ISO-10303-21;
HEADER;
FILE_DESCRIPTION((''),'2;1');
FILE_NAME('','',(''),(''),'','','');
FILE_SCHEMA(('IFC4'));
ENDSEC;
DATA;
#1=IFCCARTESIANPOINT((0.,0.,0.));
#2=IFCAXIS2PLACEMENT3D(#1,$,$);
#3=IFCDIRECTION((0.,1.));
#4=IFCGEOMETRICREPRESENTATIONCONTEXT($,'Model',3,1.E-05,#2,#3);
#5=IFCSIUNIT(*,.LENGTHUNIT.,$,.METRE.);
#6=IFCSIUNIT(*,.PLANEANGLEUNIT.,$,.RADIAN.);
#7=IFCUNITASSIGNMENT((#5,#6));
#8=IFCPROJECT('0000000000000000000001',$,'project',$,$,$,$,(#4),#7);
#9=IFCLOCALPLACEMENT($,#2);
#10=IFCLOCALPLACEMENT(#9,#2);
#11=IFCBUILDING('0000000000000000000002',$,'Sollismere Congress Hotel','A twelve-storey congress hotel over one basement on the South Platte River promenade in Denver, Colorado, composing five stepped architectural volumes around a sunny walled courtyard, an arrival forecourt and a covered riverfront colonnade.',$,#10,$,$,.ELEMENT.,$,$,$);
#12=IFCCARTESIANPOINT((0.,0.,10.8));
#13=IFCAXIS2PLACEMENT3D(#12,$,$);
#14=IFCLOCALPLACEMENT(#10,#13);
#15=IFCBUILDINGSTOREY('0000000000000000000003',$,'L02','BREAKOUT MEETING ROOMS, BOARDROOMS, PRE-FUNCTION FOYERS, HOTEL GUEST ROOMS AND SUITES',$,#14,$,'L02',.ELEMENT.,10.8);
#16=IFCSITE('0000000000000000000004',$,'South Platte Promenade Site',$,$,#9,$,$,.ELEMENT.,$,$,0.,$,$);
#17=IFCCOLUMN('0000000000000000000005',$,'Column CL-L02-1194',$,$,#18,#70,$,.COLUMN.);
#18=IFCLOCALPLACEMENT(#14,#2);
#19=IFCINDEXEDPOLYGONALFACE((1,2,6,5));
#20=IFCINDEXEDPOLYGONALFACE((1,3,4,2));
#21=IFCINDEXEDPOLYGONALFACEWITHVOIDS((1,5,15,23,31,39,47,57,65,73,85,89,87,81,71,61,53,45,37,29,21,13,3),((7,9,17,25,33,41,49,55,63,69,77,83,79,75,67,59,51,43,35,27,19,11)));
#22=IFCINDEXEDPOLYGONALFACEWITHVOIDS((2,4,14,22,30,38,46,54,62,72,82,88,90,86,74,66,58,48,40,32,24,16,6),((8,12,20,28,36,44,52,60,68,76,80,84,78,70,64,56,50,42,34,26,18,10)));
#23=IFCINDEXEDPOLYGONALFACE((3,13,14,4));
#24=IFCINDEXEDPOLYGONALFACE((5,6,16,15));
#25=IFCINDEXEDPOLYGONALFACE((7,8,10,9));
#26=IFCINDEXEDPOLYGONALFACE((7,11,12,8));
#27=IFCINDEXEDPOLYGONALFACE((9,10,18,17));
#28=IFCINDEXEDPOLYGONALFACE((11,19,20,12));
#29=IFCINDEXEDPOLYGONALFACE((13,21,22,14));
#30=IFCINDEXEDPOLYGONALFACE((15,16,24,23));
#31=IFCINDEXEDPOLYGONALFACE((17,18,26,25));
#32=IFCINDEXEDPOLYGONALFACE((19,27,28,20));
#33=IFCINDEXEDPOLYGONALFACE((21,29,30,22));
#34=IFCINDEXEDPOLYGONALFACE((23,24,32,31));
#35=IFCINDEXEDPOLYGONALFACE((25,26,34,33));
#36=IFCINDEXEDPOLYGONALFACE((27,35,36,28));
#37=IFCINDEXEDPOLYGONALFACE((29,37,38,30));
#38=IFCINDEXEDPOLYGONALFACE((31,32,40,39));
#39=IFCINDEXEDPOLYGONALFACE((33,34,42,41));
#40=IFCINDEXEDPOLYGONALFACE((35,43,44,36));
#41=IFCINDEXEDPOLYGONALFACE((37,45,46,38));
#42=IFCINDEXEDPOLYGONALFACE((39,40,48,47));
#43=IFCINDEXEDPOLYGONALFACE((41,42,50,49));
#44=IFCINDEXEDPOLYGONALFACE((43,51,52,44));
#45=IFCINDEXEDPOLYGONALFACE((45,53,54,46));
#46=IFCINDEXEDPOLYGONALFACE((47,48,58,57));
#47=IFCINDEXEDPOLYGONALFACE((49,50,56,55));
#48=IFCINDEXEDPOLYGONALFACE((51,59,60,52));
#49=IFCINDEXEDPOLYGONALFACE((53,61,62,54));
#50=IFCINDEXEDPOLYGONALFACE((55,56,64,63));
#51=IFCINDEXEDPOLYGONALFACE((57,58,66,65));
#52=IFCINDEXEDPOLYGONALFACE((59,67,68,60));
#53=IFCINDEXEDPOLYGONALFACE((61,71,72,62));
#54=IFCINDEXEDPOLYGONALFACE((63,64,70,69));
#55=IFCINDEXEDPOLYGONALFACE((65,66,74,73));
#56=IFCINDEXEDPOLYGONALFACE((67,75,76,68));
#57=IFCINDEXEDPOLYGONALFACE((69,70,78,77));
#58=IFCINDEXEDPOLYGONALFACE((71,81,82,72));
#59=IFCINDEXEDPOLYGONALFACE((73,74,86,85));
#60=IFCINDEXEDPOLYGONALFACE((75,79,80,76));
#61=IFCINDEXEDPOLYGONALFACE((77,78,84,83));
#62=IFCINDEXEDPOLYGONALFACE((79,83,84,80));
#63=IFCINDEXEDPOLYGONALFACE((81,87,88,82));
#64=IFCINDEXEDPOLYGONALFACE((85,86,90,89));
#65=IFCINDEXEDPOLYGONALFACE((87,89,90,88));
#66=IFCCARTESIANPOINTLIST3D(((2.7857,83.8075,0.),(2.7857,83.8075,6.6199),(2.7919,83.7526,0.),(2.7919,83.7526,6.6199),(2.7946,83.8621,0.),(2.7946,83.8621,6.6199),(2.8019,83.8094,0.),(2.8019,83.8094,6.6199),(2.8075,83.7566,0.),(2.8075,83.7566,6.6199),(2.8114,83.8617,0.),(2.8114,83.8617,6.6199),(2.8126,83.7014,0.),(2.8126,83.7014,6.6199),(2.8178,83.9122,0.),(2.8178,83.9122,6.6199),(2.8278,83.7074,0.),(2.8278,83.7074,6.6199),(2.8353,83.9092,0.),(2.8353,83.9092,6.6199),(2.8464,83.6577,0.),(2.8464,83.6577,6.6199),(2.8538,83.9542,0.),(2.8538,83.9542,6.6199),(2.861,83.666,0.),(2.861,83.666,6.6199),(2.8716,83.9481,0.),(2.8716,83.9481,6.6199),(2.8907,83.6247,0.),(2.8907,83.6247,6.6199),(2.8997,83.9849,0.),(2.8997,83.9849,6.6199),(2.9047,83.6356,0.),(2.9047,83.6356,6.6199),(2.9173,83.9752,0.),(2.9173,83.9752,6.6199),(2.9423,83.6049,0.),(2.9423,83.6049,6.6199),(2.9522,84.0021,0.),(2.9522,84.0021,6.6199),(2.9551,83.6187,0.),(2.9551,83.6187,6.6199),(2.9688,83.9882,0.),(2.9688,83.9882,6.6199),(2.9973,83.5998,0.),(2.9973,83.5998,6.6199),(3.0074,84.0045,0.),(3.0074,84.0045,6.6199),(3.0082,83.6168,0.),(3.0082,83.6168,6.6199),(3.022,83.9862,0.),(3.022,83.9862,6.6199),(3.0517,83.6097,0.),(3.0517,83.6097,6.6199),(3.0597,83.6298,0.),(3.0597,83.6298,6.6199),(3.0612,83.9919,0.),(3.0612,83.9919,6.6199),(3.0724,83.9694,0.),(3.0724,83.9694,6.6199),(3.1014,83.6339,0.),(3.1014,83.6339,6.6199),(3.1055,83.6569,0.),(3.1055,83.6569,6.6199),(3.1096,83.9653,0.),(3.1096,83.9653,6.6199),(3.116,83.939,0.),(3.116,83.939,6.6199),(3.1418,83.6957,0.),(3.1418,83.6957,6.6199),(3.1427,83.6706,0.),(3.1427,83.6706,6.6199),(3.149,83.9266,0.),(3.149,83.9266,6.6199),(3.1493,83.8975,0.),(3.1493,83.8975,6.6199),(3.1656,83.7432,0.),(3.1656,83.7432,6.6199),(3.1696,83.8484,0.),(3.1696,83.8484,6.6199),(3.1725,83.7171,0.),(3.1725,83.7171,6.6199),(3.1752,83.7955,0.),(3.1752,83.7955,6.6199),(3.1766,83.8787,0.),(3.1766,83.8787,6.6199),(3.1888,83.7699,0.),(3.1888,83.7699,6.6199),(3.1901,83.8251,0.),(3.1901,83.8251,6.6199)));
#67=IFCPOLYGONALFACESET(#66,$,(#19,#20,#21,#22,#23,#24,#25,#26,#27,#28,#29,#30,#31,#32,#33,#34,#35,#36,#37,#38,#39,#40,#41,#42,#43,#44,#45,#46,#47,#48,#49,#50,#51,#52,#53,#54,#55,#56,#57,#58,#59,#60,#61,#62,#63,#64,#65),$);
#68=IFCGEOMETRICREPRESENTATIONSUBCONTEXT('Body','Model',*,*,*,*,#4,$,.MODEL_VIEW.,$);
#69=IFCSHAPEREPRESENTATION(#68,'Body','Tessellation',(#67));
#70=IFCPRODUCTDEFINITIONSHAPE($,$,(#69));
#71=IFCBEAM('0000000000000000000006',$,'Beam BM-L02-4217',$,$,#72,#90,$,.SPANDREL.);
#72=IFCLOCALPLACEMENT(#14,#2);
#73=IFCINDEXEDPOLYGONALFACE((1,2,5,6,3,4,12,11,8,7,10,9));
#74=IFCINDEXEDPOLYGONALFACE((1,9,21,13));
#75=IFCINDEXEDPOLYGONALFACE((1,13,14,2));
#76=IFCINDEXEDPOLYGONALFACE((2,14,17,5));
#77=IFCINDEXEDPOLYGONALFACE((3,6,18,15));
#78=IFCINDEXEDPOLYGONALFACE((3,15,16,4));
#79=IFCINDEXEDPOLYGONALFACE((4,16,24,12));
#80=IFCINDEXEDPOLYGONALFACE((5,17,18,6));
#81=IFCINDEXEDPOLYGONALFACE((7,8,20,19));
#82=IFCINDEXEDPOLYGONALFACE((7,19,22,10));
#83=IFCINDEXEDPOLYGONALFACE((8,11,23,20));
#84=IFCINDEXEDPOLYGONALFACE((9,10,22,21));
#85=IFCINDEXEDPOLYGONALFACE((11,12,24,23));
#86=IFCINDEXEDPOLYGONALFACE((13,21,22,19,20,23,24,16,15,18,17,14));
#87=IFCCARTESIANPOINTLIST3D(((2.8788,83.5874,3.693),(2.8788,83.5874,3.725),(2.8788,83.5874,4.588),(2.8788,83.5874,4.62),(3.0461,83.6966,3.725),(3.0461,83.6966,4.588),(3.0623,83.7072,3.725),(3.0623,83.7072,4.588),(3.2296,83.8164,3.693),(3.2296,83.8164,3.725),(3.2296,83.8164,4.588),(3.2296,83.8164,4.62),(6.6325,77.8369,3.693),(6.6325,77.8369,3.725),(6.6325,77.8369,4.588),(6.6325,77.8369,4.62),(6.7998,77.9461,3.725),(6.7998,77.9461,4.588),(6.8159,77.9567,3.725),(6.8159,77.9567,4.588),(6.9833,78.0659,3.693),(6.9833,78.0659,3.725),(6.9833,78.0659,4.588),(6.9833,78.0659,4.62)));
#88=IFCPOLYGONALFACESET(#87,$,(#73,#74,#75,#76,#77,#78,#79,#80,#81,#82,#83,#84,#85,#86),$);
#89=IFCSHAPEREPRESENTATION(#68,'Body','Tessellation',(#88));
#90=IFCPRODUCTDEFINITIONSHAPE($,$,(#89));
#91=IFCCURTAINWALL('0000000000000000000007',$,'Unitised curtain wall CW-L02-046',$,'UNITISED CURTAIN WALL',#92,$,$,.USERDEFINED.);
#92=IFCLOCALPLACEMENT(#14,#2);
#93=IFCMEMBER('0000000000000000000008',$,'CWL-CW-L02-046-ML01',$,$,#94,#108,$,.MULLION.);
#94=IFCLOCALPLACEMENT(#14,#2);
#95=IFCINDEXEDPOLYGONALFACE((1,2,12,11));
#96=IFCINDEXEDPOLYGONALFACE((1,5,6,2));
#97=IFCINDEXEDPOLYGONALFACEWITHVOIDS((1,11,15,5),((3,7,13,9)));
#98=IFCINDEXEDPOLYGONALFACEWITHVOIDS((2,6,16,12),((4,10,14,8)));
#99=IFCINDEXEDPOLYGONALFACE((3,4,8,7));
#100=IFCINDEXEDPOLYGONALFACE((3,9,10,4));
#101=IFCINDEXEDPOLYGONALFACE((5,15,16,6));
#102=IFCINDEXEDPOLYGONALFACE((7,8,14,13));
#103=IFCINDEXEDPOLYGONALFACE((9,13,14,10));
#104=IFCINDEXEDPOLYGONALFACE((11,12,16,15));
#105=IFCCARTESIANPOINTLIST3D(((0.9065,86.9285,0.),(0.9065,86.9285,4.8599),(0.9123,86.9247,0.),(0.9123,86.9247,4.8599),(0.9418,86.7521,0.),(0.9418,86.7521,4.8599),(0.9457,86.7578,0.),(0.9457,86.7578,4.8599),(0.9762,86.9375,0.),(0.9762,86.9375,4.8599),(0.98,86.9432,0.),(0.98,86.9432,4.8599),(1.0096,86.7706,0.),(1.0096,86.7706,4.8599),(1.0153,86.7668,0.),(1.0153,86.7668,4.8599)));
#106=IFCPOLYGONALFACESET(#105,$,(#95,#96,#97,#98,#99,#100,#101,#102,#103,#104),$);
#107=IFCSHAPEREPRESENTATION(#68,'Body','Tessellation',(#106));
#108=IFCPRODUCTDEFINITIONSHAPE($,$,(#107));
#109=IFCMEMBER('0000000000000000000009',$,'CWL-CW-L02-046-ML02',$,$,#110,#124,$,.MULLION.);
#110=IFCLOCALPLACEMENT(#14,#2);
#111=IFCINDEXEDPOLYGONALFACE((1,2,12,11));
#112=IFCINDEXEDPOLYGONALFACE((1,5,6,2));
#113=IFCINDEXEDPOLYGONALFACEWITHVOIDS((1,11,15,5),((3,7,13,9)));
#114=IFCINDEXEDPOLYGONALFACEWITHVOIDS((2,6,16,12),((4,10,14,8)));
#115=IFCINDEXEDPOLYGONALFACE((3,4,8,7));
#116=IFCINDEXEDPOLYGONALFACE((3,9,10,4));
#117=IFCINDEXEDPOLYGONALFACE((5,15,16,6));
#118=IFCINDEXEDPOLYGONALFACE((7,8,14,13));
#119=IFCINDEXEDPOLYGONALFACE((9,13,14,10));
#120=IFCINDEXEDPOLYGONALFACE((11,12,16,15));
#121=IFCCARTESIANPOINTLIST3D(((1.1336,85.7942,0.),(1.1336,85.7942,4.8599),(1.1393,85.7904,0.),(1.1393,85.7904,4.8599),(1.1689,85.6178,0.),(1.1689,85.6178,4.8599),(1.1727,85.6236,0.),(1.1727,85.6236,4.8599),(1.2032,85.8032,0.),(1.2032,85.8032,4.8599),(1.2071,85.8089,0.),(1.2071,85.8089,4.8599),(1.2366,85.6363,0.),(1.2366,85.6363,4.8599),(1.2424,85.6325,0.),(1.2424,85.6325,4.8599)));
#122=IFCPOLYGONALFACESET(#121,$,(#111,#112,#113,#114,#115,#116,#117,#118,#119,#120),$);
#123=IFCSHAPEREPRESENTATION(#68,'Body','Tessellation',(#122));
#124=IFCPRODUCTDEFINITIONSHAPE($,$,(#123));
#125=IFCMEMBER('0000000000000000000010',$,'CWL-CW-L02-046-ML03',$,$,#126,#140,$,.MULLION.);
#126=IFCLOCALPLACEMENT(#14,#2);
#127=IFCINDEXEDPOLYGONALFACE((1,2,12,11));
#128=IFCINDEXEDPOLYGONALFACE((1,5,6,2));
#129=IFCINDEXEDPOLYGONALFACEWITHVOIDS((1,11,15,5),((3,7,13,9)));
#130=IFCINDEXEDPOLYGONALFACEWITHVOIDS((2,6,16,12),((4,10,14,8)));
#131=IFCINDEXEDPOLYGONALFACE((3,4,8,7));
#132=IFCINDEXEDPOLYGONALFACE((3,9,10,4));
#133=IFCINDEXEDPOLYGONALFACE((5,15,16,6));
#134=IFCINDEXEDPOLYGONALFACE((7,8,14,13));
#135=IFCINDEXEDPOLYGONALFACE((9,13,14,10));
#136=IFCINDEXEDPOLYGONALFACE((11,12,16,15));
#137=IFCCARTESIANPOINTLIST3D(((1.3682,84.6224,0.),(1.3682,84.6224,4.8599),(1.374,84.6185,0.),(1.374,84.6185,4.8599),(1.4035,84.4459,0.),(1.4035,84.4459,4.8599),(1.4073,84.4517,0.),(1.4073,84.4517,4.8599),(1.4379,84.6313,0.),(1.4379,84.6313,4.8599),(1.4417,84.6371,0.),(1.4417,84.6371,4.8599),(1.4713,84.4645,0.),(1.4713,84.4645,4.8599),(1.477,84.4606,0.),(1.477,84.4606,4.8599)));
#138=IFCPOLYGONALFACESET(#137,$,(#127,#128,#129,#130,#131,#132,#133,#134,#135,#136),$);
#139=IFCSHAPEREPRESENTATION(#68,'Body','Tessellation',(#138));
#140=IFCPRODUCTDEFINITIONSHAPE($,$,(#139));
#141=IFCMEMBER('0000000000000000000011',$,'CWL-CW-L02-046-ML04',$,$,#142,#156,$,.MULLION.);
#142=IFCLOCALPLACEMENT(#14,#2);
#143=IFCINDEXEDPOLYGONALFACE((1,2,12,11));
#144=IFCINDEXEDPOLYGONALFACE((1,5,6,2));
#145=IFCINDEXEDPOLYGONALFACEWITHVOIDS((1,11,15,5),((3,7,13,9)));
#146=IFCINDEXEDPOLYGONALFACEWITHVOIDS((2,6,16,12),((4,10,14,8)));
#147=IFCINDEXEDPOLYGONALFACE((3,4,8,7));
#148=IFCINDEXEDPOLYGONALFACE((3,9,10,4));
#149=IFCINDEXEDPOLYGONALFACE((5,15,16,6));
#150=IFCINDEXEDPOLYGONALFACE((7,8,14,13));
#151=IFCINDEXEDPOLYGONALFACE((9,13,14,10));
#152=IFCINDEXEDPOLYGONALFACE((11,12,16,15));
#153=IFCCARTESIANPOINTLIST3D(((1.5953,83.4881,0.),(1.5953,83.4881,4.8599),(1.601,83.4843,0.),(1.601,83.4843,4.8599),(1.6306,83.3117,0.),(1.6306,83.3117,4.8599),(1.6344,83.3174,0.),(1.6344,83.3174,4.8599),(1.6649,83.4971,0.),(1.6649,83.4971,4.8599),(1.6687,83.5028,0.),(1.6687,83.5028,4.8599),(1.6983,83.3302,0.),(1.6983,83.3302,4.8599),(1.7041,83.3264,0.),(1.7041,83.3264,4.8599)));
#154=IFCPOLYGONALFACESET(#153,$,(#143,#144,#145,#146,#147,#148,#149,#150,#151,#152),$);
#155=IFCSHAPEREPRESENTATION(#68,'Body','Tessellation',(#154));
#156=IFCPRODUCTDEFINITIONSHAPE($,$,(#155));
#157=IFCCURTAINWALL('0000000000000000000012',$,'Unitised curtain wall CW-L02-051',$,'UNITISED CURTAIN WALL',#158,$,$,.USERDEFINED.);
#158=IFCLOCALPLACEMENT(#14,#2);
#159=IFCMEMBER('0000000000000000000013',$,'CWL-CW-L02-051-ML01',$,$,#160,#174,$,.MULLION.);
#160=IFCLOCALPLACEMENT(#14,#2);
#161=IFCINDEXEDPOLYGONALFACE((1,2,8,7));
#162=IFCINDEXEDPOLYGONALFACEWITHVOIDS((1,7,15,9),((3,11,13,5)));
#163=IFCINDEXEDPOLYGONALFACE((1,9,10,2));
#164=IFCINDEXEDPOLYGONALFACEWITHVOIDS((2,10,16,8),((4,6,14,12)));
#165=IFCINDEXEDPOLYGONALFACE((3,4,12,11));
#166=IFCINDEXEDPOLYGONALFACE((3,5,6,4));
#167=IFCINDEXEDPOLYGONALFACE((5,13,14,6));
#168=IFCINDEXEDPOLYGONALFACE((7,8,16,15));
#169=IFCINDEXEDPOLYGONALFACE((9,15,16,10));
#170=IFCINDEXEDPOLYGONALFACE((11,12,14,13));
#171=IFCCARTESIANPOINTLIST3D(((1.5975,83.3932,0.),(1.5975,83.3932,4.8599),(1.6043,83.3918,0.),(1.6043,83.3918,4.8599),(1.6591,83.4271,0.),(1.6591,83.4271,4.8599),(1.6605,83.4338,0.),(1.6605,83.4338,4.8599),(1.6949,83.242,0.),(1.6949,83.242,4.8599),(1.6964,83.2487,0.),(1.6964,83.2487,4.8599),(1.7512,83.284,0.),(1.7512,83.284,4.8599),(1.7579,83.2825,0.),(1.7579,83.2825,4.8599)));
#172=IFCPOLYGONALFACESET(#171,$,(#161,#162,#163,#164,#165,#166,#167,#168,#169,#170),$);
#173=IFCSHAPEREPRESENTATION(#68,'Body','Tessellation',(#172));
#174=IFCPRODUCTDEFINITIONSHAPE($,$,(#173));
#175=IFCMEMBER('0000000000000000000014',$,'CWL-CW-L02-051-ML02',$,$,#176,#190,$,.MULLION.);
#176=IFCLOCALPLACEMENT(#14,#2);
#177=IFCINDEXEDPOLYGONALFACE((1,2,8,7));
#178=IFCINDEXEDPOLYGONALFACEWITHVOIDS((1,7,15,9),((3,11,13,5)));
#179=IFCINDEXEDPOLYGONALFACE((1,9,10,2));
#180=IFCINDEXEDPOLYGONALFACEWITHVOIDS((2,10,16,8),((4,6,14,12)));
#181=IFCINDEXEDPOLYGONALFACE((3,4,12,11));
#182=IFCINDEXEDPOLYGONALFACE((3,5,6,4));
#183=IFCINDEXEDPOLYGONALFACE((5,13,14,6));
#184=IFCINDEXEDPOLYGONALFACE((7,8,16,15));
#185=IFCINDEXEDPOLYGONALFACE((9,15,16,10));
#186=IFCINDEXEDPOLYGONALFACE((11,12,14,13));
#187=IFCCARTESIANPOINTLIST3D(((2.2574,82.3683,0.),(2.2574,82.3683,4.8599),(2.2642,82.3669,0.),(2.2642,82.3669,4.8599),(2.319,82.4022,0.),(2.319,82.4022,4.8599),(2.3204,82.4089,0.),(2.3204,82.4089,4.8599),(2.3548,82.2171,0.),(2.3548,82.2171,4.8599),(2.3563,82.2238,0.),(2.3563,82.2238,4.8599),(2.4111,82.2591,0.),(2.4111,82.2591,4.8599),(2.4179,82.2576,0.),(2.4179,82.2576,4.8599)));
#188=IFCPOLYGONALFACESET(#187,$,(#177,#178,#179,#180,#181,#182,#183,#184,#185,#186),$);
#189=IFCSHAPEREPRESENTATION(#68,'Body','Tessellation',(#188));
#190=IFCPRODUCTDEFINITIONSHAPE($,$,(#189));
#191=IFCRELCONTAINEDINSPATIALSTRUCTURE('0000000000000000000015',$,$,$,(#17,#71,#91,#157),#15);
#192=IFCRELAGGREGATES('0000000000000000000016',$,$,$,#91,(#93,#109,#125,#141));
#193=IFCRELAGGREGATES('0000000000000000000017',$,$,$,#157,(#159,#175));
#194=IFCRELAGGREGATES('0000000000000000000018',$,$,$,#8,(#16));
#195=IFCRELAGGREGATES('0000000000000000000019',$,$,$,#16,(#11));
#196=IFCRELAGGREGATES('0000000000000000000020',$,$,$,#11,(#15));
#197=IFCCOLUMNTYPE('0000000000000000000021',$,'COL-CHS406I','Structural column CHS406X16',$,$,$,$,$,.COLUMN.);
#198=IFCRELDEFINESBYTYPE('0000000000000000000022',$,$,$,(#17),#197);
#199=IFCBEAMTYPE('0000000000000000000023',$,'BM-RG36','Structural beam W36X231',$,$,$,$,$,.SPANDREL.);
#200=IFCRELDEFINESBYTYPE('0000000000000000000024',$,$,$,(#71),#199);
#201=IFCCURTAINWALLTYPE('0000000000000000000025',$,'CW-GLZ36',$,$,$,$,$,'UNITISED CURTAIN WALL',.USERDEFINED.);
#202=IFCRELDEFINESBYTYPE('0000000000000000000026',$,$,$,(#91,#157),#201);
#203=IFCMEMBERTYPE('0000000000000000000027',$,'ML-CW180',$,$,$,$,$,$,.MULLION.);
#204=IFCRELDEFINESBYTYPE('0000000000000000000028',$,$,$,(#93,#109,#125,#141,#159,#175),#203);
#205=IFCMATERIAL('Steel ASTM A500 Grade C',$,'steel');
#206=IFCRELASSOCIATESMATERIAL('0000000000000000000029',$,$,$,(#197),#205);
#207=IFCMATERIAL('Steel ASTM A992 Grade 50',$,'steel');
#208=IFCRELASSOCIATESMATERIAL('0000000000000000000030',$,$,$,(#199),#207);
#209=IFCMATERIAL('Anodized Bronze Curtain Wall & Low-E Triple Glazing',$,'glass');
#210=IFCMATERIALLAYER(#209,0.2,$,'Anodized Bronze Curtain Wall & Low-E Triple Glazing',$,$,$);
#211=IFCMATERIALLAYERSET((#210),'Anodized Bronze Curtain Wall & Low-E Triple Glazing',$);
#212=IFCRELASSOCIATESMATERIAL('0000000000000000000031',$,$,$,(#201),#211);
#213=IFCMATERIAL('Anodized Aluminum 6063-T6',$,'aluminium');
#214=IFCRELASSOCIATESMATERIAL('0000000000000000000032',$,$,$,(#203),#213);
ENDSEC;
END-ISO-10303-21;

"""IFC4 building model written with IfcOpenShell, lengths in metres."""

from ifc_helpers import new_model, si_unit, direction, frame, origin, origin_2d, place, context, subcontext, project, spatial, hollow_rectangle, hollow_circle, i_section, extrude, material, layer, layer_set, material_profile, profile_set, type_object, element, aggregate, save


model = new_model("IFC4")

# Units and contexts
model_context = context("Model", 3, precision=1e-05, world=origin(), true_north=direction((0.0, 1.0)))
body_context = subcontext(model_context, "Body", "Model", "MODEL_VIEW")
ifc_project = project(units=[si_unit("LENGTHUNIT", "METRE"), si_unit("PLANEANGLEUNIT", "RADIAN")], contexts=[model_context])

# Site, building, storey
site_placement = place(None, origin())
site = spatial("IfcSite", under=ifc_project, at=site_placement, Name="South Platte Promenade Site", CompositionType="ELEMENT", RefElevation=0.0)
building_placement = place(site_placement, origin())
building = spatial("IfcBuilding", under=site, at=building_placement, Name="Sollismere Congress Hotel", Description="A twelve-storey congress hotel over one basement on the South Platte River promenade in Denver, Colorado, composing five stepped architectural volumes around a sunny walled courtyard, an arrival forecourt and a covered riverfront colonnade.", CompositionType="ELEMENT")
storey_placement = place(building_placement, frame((0.0, 0.0, 10.8)))
storey = spatial("IfcBuildingStorey", under=building, at=storey_placement, Name="L02", Description="BREAKOUT MEETING ROOMS, BOARDROOMS, PRE-FUNCTION FOYERS, HOTEL GUEST ROOMS AND SUITES", LongName="L02", CompositionType="ELEMENT", Elevation=10.8)

# Column
ifc_material_1 = material(Name="Steel ASTM A500 Grade C", Category="steel")
ifc_material_profile_1 = material_profile(ifc_material_1, hollow_circle(Radius=0.2029, WallThickness=0.0161, at=origin_2d()), Name="CHS406X16")
ifc_profile_set_1 = profile_set([ifc_material_profile_1], Name="Steel ASTM A500 Grade C")
column_type = type_object("IfcColumnType", Name="COL-CHS406I", Description="Structural column CHS406X16", PredefinedType="COLUMN", material=ifc_profile_set_1)
column_placement = place(storey_placement, frame((2.9885, 83.8025, 0.0), z_axis=(0.0, 0.0, 1.0), x_axis=(-0.969317, -0.245815, 0.0)))
element("IfcColumn", 1, at=column_placement, inside=storey, type_object=column_type, Name="Column CL-L02-1194", PredefinedType="COLUMN", context=body_context, shape_type="SweptSolid", body=[
    extrude(hollow_circle(Radius=0.2029, WallThickness=0.0161, at=origin_2d()), origin(), (0.0, 0.0, 1.0), 6.6199),
])

# Beam
ifc_material_2 = material(Name="Steel ASTM A992 Grade 50", Category="steel")
ifc_material_profile_2 = material_profile(ifc_material_2, i_section(OverallWidth=0.4189, OverallDepth=0.927, WebThickness=0.0193, FlangeThickness=0.032, at=origin_2d()), Name="W36X231")
ifc_profile_set_2 = profile_set([ifc_material_profile_2], Name="Steel ASTM A992 Grade 50")
beam_type = type_object("IfcBeamType", Name="BM-RG36", Description="Structural beam W36X231", PredefinedType="SPANDREL", material=ifc_profile_set_2)
beam_placement = place(storey_placement, frame((3.0542, 83.7019, 4.1565), z_axis=(0.546609, -0.837388, 0.0), x_axis=(0.837388, 0.546609, 0.0)))
element("IfcBeam", 2, at=beam_placement, inside=storey, type_object=beam_type, Name="Beam BM-L02-4217", PredefinedType="SPANDREL", context=body_context, shape_type="SweptSolid", body=[
    extrude(i_section(OverallWidth=0.4189, OverallDepth=0.927, WebThickness=0.0193, FlangeThickness=0.032, at=origin_2d()), origin(), (0.0, 0.0, 1.0), 6.8672),
])

# Curtain walls, members
ifc_material_3 = material(Name="Anodized Bronze Curtain Wall & Low-E Triple Glazing", Category="glass")
ifc_layer_1 = layer(ifc_material_3, 0.2, Name="Anodized Bronze Curtain Wall & Low-E Triple Glazing")
ifc_layer_set_1 = layer_set([ifc_layer_1], Name="Anodized Bronze Curtain Wall & Low-E Triple Glazing")
curtain_wall_type = type_object("IfcCurtainWallType", Name="CW-GLZ36", ElementType="UNITISED CURTAIN WALL", PredefinedType="USERDEFINED", material=ifc_layer_set_1)
curtain_wall_1_placement = place(storey_placement, origin())
curtain_wall_1 = element("IfcCurtainWall", 3, at=curtain_wall_1_placement, inside=storey, type_object=curtain_wall_type, Name="Unitised curtain wall CW-L02-046", ObjectType="UNITISED CURTAIN WALL", PredefinedType="USERDEFINED")
ifc_material_4 = material(Name="Anodized Aluminum 6063-T6", Category="aluminium")
ifc_material_profile_3 = material_profile(ifc_material_4, hollow_rectangle(XDim=0.075, YDim=0.1799, WallThickness=0.0049, at=origin_2d()), Name="ALU180X75X5")
ifc_profile_set_3 = profile_set([ifc_material_profile_3], Name="Anodized Aluminum 6063-T6")
member_type_1 = type_object("IfcMemberType", Name="ML-CW180", PredefinedType="MULLION", material=ifc_profile_set_3)
member_1_placement = place(storey_placement, frame((0.9609, 86.8477, 0.0), z_axis=(0.0, 0.0, 1.0), x_axis=(0.980553, 0.196254, 0.0)))
member_1 = element("IfcMember", 4, at=member_1_placement, type_object=member_type_1, Name="CWL-CW-L02-046-ML01", PredefinedType="MULLION", context=body_context, shape_type="SweptSolid", body=[
    extrude(hollow_rectangle(XDim=0.075, YDim=0.1799, WallThickness=0.0049, at=origin_2d()), origin(), (0.0, 0.0, 1.0), 4.8599),
])
member_2_placement = place(storey_placement, frame((1.188, 85.7134, 0.0), z_axis=(0.0, 0.0, 1.0), x_axis=(0.980553, 0.196254, 0.0)))
member_2 = element("IfcMember", 5, at=member_2_placement, type_object=member_type_1, Name="CWL-CW-L02-046-ML02", PredefinedType="MULLION", context=body_context, shape_type="SweptSolid", body=[
    extrude(hollow_rectangle(XDim=0.075, YDim=0.1799, WallThickness=0.0049, at=origin_2d()), origin(), (0.0, 0.0, 1.0), 4.8599),
])
member_3_placement = place(storey_placement, frame((1.4226, 84.5415, 0.0), z_axis=(0.0, 0.0, 1.0), x_axis=(0.980553, 0.196254, 0.0)))
member_3 = element("IfcMember", 6, at=member_3_placement, type_object=member_type_1, Name="CWL-CW-L02-046-ML03", PredefinedType="MULLION", context=body_context, shape_type="SweptSolid", body=[
    extrude(hollow_rectangle(XDim=0.075, YDim=0.1799, WallThickness=0.0049, at=origin_2d()), origin(), (0.0, 0.0, 1.0), 4.8599),
])
member_4_placement = place(storey_placement, frame((1.6497, 83.4072, 0.0), z_axis=(0.0, 0.0, 1.0), x_axis=(0.980553, 0.196254, 0.0)))
member_4 = element("IfcMember", 7, at=member_4_placement, type_object=member_type_1, Name="CWL-CW-L02-046-ML04", PredefinedType="MULLION", context=body_context, shape_type="SweptSolid", body=[
    extrude(hollow_rectangle(XDim=0.075, YDim=0.1799, WallThickness=0.0049, at=origin_2d()), origin(), (0.0, 0.0, 1.0), 4.8599),
])
curtain_wall_2_placement = place(storey_placement, origin())
curtain_wall_2 = element("IfcCurtainWall", 8, at=curtain_wall_2_placement, inside=storey, type_object=curtain_wall_type, Name="Unitised curtain wall CW-L02-051", ObjectType="UNITISED CURTAIN WALL", PredefinedType="USERDEFINED")
member_5_placement = place(storey_placement, frame((1.6777, 83.3379, 0.0), z_axis=(0.0, 0.0, 1.0), x_axis=(0.840775, 0.541385, 0.0)))
member_5 = element("IfcMember", 9, at=member_5_placement, type_object=member_type_1, Name="CWL-CW-L02-051-ML01", PredefinedType="MULLION", context=body_context, shape_type="SweptSolid", body=[
    extrude(hollow_rectangle(XDim=0.075, YDim=0.1799, WallThickness=0.0049, at=origin_2d()), origin(), (0.0, 0.0, 1.0), 4.8599),
])
member_6_placement = place(storey_placement, frame((2.3376, 82.313, 0.0), z_axis=(0.0, 0.0, 1.0), x_axis=(0.840775, 0.541385, 0.0)))
member_6 = element("IfcMember", 10, at=member_6_placement, type_object=member_type_1, Name="CWL-CW-L02-051-ML02", PredefinedType="MULLION", context=body_context, shape_type="SweptSolid", body=[
    extrude(hollow_rectangle(XDim=0.075, YDim=0.1799, WallThickness=0.0049, at=origin_2d()), origin(), (0.0, 0.0, 1.0), 4.8599),
])

aggregate(curtain_wall_1, [member_1, member_2, member_3, member_4])
aggregate(curtain_wall_2, [member_5, member_6])

save(model, "model.ifc")
